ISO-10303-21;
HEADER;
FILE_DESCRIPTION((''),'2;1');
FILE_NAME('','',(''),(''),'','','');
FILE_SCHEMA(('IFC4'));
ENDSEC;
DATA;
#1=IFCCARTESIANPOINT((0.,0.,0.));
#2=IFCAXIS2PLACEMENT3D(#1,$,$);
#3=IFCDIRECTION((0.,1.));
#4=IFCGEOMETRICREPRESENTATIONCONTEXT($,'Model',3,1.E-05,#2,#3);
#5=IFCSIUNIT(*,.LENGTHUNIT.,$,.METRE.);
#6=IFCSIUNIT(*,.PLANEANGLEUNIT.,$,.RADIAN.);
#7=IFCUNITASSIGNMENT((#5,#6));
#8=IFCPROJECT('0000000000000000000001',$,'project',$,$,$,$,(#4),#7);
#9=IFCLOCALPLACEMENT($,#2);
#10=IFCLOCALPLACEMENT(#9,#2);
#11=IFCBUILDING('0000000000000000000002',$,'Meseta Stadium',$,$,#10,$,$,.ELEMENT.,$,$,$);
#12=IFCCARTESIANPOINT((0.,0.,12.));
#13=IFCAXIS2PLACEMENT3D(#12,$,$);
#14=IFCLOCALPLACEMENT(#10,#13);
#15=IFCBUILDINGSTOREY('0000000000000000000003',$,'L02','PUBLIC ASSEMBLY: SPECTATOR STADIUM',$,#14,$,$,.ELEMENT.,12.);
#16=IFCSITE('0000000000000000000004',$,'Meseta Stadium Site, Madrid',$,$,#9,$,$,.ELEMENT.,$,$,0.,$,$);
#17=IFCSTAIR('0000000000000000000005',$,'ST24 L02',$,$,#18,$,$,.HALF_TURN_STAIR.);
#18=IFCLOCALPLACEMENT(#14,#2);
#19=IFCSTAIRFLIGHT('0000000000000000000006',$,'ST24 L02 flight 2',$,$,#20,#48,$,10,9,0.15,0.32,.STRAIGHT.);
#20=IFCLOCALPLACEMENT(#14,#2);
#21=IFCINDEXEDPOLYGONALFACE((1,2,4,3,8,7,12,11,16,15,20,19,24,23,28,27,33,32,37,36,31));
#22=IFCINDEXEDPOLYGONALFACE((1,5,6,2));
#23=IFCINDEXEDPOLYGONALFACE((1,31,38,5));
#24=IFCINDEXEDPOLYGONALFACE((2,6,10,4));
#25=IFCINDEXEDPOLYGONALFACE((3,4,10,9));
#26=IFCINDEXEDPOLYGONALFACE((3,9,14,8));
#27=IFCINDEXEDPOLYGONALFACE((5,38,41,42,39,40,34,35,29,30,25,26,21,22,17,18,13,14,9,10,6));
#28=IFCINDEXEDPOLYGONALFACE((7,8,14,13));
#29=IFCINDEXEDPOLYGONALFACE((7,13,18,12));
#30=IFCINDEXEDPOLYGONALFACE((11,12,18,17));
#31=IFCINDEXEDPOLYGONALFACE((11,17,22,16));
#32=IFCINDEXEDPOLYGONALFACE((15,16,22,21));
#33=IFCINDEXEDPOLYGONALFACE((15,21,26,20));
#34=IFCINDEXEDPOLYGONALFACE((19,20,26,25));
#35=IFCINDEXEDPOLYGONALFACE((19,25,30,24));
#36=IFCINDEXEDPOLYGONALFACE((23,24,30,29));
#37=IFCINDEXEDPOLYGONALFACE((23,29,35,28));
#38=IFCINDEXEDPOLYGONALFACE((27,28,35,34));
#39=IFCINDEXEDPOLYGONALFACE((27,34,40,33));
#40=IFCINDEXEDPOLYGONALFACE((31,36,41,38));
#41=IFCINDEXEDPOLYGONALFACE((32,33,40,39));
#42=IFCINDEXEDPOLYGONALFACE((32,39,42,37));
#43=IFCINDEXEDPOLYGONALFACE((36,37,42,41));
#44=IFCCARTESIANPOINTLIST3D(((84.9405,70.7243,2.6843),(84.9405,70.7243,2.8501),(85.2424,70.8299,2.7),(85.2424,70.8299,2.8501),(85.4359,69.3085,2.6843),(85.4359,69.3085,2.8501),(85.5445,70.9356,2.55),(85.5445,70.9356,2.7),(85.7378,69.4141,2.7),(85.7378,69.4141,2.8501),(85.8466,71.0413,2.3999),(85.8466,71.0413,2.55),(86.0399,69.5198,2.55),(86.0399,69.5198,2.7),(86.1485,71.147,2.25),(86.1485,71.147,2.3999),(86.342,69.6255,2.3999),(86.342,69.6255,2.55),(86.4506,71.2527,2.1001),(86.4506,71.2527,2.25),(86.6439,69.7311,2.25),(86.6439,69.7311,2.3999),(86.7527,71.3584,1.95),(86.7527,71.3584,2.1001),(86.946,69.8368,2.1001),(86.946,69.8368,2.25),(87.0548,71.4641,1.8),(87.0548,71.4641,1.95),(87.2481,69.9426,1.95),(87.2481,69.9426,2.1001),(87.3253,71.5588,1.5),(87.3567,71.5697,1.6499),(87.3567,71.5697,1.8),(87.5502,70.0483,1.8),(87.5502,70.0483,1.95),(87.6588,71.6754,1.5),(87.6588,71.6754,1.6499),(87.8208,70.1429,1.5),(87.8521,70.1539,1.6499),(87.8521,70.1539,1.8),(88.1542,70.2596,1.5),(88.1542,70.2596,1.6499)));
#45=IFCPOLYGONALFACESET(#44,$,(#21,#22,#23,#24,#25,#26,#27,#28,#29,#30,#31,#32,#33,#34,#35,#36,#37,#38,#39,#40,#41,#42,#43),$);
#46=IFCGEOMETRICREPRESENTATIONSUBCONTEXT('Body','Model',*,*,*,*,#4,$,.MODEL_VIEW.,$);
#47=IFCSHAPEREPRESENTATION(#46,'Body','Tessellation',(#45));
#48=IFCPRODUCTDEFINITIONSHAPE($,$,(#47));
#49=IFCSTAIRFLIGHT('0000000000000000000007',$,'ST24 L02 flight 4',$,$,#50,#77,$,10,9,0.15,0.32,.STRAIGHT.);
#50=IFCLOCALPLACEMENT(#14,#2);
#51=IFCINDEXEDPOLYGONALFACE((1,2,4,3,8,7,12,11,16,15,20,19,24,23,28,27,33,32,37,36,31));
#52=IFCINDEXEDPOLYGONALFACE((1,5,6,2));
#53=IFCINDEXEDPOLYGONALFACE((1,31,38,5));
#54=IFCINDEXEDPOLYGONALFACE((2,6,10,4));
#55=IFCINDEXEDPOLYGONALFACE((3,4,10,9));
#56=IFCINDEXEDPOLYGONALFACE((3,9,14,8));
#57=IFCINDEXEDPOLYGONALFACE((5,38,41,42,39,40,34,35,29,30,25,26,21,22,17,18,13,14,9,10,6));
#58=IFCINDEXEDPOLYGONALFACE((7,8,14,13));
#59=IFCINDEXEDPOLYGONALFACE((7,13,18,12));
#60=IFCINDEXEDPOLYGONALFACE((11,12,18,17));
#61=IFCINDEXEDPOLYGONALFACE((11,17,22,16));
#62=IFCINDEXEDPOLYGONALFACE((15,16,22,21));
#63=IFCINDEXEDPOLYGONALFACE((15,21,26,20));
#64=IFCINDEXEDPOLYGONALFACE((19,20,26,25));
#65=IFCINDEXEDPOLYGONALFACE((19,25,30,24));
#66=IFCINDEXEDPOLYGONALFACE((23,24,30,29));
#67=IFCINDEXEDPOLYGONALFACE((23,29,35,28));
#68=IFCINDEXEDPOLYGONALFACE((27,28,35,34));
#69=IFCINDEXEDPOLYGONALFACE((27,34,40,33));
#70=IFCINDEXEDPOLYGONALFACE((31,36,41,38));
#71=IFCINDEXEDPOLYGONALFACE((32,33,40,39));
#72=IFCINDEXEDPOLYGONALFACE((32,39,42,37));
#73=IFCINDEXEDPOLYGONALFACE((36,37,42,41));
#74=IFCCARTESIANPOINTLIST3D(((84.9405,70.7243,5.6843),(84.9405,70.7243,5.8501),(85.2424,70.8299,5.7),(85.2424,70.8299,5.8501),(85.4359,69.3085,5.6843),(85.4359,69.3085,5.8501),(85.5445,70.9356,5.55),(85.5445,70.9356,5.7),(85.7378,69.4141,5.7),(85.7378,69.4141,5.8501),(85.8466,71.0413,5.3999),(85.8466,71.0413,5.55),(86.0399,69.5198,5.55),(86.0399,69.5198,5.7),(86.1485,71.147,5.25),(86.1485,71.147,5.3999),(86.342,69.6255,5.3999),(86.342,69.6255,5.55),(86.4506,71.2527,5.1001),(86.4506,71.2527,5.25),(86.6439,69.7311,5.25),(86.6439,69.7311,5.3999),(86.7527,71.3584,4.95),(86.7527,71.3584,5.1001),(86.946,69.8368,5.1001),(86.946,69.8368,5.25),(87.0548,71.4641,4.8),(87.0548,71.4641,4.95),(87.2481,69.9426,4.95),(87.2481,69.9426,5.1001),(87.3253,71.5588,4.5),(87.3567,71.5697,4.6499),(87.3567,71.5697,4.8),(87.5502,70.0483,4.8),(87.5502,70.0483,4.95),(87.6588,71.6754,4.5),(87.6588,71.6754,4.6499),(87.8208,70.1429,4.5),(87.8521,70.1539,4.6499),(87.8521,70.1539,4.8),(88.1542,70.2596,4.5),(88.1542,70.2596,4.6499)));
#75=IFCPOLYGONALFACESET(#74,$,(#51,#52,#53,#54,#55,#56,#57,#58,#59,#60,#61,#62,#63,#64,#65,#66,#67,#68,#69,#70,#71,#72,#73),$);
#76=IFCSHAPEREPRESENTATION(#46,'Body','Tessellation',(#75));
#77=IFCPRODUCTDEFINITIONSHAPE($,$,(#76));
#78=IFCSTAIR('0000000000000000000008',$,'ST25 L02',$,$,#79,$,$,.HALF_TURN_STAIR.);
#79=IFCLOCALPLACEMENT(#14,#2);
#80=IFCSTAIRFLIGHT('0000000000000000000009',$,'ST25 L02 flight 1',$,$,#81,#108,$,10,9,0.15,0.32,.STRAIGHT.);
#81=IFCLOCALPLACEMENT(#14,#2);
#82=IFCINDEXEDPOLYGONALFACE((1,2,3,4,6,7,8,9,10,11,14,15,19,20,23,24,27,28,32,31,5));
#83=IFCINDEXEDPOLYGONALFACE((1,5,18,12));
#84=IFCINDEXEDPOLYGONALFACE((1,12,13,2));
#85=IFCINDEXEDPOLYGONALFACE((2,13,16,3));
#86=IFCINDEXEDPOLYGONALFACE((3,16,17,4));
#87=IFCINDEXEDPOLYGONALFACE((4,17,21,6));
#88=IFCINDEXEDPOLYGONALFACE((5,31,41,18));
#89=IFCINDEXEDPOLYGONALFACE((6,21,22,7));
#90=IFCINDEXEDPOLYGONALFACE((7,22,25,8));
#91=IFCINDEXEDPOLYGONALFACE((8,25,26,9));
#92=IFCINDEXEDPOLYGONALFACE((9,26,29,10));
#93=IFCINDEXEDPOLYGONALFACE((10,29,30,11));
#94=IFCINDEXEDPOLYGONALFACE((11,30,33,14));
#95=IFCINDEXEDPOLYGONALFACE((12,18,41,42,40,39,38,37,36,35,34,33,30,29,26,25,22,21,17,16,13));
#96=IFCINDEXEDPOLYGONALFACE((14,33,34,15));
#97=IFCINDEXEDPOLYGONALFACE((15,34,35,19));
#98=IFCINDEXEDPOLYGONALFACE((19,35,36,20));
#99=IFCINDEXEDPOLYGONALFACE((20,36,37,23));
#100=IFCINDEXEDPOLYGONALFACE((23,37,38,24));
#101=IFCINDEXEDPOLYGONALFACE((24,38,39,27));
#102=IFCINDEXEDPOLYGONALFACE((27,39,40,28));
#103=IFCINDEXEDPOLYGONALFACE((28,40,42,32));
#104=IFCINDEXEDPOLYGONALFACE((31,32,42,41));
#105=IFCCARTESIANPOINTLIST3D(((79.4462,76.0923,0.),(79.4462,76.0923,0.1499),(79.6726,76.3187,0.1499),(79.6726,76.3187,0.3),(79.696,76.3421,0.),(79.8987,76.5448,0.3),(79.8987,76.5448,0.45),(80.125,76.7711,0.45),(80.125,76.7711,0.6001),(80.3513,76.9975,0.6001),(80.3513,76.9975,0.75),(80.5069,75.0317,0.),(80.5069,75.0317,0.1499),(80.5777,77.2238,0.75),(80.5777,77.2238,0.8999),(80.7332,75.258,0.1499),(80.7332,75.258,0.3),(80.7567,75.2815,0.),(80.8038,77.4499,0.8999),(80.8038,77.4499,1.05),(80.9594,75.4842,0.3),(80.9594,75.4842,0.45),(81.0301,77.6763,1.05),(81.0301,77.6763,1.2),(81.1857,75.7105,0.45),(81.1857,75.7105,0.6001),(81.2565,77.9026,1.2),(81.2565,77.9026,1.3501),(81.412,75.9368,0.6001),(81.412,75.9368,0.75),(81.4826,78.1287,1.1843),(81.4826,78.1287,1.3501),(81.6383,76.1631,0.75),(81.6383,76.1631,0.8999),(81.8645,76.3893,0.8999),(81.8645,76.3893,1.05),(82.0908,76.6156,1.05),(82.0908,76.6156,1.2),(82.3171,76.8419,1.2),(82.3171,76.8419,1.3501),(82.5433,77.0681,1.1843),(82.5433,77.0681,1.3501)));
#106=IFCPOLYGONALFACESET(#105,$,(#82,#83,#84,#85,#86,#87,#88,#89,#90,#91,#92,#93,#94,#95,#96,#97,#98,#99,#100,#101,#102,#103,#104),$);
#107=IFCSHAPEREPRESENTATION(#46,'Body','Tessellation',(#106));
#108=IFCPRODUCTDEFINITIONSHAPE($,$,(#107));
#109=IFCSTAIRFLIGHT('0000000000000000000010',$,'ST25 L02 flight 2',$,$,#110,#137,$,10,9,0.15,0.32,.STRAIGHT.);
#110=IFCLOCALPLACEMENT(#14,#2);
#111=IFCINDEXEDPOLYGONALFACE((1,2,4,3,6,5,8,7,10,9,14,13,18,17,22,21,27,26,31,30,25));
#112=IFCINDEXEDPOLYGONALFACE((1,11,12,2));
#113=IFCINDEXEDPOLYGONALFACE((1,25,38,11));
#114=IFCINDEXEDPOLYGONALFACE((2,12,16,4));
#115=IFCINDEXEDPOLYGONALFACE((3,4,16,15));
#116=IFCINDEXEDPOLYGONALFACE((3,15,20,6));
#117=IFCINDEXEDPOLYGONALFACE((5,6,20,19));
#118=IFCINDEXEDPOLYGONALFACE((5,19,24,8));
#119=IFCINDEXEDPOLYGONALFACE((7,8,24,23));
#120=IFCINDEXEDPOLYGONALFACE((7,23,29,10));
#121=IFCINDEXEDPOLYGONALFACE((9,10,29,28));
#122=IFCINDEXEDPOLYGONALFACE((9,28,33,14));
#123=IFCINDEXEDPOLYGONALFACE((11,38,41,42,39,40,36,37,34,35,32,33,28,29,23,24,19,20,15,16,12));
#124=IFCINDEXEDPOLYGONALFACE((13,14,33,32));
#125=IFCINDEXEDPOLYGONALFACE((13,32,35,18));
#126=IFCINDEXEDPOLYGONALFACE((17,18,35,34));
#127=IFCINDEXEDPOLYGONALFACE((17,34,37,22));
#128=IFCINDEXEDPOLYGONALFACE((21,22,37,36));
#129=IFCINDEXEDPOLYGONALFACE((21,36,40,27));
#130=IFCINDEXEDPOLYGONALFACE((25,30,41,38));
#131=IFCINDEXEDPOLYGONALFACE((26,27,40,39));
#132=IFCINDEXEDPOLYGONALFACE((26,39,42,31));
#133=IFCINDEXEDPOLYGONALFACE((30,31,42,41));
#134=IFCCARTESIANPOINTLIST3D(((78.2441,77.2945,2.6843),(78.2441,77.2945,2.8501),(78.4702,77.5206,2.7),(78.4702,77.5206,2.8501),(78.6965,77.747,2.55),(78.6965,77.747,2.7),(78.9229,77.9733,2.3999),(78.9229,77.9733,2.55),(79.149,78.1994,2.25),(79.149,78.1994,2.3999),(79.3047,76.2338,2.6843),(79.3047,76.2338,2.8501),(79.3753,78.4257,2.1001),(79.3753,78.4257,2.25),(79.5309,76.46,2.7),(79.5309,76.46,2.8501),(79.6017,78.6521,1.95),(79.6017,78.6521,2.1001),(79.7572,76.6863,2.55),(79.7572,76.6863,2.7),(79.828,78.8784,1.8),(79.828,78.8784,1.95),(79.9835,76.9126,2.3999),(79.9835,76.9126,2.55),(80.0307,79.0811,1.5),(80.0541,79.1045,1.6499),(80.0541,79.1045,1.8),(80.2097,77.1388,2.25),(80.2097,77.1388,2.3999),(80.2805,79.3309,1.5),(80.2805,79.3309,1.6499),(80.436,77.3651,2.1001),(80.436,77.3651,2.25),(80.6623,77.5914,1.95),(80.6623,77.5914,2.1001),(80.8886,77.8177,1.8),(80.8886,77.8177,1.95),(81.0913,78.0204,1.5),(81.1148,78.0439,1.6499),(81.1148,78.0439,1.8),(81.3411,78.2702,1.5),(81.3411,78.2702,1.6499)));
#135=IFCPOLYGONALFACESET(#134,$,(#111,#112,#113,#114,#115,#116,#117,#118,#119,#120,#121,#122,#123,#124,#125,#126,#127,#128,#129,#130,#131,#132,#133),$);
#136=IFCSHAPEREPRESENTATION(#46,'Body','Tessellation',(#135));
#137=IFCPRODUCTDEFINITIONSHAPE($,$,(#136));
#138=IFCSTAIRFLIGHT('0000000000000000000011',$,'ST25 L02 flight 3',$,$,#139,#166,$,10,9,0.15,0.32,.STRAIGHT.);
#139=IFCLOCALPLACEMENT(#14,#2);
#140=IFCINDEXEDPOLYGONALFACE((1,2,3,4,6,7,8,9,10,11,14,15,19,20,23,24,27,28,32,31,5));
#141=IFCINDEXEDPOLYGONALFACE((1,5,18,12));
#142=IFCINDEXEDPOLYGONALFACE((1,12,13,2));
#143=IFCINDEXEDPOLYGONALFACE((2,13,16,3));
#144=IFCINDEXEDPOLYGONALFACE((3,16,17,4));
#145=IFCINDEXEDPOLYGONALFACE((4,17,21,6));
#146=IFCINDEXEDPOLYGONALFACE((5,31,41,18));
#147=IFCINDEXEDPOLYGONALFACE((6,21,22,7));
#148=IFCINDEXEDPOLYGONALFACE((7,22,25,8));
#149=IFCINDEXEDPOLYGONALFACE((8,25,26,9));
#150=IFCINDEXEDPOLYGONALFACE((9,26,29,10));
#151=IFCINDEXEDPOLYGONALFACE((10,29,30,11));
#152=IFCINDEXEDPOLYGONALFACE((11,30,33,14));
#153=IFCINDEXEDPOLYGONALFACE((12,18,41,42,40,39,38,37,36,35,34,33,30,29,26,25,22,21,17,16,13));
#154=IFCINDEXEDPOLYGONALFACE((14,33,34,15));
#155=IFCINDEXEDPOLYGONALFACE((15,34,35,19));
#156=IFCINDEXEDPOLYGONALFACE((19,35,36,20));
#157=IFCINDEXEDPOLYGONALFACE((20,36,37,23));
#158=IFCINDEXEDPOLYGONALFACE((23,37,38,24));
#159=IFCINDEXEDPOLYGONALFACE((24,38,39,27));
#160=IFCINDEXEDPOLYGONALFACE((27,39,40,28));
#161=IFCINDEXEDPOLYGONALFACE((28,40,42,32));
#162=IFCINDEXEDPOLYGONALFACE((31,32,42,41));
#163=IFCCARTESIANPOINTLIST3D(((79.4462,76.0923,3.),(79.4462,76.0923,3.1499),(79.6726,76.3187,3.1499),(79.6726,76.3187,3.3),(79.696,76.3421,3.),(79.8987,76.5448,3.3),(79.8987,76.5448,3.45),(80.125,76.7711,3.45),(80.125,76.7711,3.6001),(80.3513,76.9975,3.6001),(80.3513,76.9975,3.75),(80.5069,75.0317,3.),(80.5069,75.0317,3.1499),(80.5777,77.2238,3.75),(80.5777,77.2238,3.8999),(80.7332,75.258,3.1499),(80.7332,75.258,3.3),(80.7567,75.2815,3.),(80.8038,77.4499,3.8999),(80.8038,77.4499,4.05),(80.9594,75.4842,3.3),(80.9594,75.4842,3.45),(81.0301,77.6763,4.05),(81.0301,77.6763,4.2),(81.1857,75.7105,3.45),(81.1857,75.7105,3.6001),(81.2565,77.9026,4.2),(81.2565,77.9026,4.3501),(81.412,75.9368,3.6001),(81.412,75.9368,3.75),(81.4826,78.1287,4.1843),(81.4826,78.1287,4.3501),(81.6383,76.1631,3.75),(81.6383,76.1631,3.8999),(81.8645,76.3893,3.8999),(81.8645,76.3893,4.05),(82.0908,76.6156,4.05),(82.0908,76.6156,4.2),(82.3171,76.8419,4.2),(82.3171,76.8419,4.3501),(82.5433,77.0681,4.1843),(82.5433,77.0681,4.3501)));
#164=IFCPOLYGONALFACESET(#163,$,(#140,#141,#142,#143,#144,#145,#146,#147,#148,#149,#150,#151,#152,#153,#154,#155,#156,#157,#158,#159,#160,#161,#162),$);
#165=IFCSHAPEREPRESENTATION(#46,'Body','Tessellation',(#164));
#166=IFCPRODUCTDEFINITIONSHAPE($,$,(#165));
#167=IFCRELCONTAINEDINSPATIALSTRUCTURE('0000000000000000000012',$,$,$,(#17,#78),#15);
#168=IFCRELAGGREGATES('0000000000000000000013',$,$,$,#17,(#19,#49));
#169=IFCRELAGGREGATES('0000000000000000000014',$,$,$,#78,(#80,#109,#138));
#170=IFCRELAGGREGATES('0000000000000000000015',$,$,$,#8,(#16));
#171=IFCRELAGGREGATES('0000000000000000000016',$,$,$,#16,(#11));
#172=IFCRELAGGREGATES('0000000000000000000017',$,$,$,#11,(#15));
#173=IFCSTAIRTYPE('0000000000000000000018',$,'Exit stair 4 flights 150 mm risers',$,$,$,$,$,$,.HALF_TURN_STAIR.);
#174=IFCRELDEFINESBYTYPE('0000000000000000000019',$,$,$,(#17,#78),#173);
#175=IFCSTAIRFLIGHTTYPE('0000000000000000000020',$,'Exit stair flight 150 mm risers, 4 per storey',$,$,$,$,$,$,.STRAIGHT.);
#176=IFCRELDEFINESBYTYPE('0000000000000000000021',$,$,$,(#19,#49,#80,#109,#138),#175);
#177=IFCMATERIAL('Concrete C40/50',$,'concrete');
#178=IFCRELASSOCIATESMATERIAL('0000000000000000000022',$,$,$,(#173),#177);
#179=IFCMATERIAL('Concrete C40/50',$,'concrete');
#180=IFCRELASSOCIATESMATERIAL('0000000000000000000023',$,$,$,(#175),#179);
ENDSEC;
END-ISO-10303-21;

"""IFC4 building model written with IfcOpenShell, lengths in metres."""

from ifc_helpers import new_model, si_unit, direction, frame, origin, place, context, subcontext, project, spatial, polyline, outline, extrude, material, type_object, element, aggregate, save


model = new_model("IFC4")

# Units and contexts
model_context = context("Model", 3, precision=1e-05, world=origin(), true_north=direction((0.0, 1.0)))
body_context = subcontext(model_context, "Body", "Model", "MODEL_VIEW")
ifc_project = project(units=[si_unit("LENGTHUNIT", "METRE"), si_unit("PLANEANGLEUNIT", "RADIAN")], contexts=[model_context])

# Site, building, storey
site_placement = place(None, origin())
site = spatial("IfcSite", under=ifc_project, at=site_placement, Name="Meseta Stadium Site, Madrid", CompositionType="ELEMENT", RefElevation=0.0)
building_placement = place(site_placement, origin())
building = spatial("IfcBuilding", under=site, at=building_placement, Name="Meseta Stadium", CompositionType="ELEMENT")
storey_placement = place(building_placement, frame((0.0, 0.0, 12.0)))
storey = spatial("IfcBuildingStorey", under=building, at=storey_placement, Name="L02", Description="PUBLIC ASSEMBLY: SPECTATOR STADIUM", CompositionType="ELEMENT", Elevation=12.0)

# Stairs, stair flights
ifc_material_1 = material(Name="Concrete C40/50", Category="concrete")
stair_type = type_object("IfcStairType", Name="Exit stair 4 flights 150 mm risers", PredefinedType="HALF_TURN_STAIR", material=ifc_material_1)
stair_1_placement = place(storey_placement, origin())
stair_1 = element("IfcStair", 1, at=stair_1_placement, inside=storey, type_object=stair_type, Name="ST24 L02", PredefinedType="HALF_TURN_STAIR")
ifc_material_2 = material(Name="Concrete C40/50", Category="concrete")
stair_flight_type = type_object("IfcStairFlightType", Name="Exit stair flight 150 mm risers, 4 per storey", PredefinedType="STRAIGHT", material=ifc_material_2)
stair_flight_1_placement = place(storey_placement, frame((87.9065, 70.9675, 1.5), z_axis=(0.0, 0.0, 1.0), x_axis=(-0.943883, -0.330279, 0.0)))
stair_flight_1 = element("IfcStairFlight", 2, at=stair_flight_1_placement, type_object=stair_flight_type, Name="ST24 L02 flight 2", NumberOfRisers=10, NumberOfTreads=9, PredefinedType="STRAIGHT", RiserHeight=0.15, TreadLength=0.32, context=body_context, shape_type="SweptSolid", body=[
    extrude(outline(polyline([(0.0, 0.0), (0.0, 0.1499), (0.3201, 0.1499), (0.3201, 0.3), (0.6399, 0.3), (0.6399, 0.45), (0.96, 0.45), (0.96, 0.6001), (1.28, 0.6001), (1.28, 0.75), (1.6001, 0.75), (1.6001, 0.8999), (1.9199, 0.8999), (1.9199, 1.05), (2.24, 1.05), (2.24, 1.2), (2.5601, 1.2), (2.5601, 1.3501), (2.8799, 1.3501), (2.8799, 1.1843), (0.3533, 0.0), (0.0, 0.0)])), frame((0.0, 0.75, 0.0), z_axis=(0.0, -1.0, 0.0), x_axis=(1.0, 0.0, 0.0)), (0.0, 0.0, 1.0), 1.5),
])
stair_flight_2_placement = place(storey_placement, frame((87.9065, 70.9675, 4.5), z_axis=(0.0, 0.0, 1.0), x_axis=(-0.943883, -0.330279, 0.0)))
stair_flight_2 = element("IfcStairFlight", 3, at=stair_flight_2_placement, type_object=stair_flight_type, Name="ST24 L02 flight 4", NumberOfRisers=10, NumberOfTreads=9, PredefinedType="STRAIGHT", RiserHeight=0.15, TreadLength=0.32, context=body_context, shape_type="SweptSolid", body=[
    extrude(outline(polyline([(0.0, 0.0), (0.0, 0.1499), (0.3201, 0.1499), (0.3201, 0.3), (0.6399, 0.3), (0.6399, 0.45), (0.96, 0.45), (0.96, 0.6001), (1.28, 0.6001), (1.28, 0.75), (1.6001, 0.75), (1.6001, 0.8999), (1.9199, 0.8999), (1.9199, 1.05), (2.24, 1.05), (2.24, 1.2), (2.5601, 1.2), (2.5601, 1.3501), (2.8799, 1.3501), (2.8799, 1.1843), (0.3533, 0.0), (0.0, 0.0)])), frame((0.0, 0.75, 0.0), z_axis=(0.0, -1.0, 0.0), x_axis=(1.0, 0.0, 0.0)), (0.0, 0.0, 1.0), 1.5),
])
aggregate(stair_1, [stair_flight_1, stair_flight_2])
stair_2_placement = place(storey_placement, origin())
stair_2 = element("IfcStair", 4, at=stair_2_placement, inside=storey, type_object=stair_type, Name="ST25 L02", PredefinedType="HALF_TURN_STAIR")
stair_flight_3_placement = place(storey_placement, frame((79.9766, 75.562, 0.0), z_axis=(0.0, 0.0, 1.0), x_axis=(0.707107, 0.707107, 0.0)))
stair_flight_3 = element("IfcStairFlight", 5, at=stair_flight_3_placement, type_object=stair_flight_type, Name="ST25 L02 flight 1", NumberOfRisers=10, NumberOfTreads=9, PredefinedType="STRAIGHT", RiserHeight=0.15, TreadLength=0.32, context=body_context, shape_type="SweptSolid", body=[
    extrude(outline(polyline([(0.0, 0.0), (0.0, 0.1499), (0.3201, 0.1499), (0.3201, 0.3), (0.6399, 0.3), (0.6399, 0.45), (0.96, 0.45), (0.96, 0.6001), (1.28, 0.6001), (1.28, 0.75), (1.6001, 0.75), (1.6001, 0.8999), (1.9199, 0.8999), (1.9199, 1.05), (2.24, 1.05), (2.24, 1.2), (2.5601, 1.2), (2.5601, 1.3501), (2.8799, 1.3501), (2.8799, 1.1843), (0.3533, 0.0), (0.0, 0.0)])), frame((0.0, 0.75, 0.0), z_axis=(0.0, -1.0, 0.0), x_axis=(1.0, 0.0, 0.0)), (0.0, 0.0, 1.0), 1.5),
])
stair_flight_4_placement = place(storey_placement, frame((80.8108, 78.8005, 1.5), z_axis=(0.0, 0.0, 1.0), x_axis=(-0.707107, -0.707107, 0.0)))
stair_flight_4 = element("IfcStairFlight", 6, at=stair_flight_4_placement, type_object=stair_flight_type, Name="ST25 L02 flight 2", NumberOfRisers=10, NumberOfTreads=9, PredefinedType="STRAIGHT", RiserHeight=0.15, TreadLength=0.32, context=body_context, shape_type="SweptSolid", body=[
    extrude(outline(polyline([(0.0, 0.0), (0.0, 0.1499), (0.3201, 0.1499), (0.3201, 0.3), (0.6399, 0.3), (0.6399, 0.45), (0.96, 0.45), (0.96, 0.6001), (1.28, 0.6001), (1.28, 0.75), (1.6001, 0.75), (1.6001, 0.8999), (1.9199, 0.8999), (1.9199, 1.05), (2.24, 1.05), (2.24, 1.2), (2.5601, 1.2), (2.5601, 1.3501), (2.8799, 1.3501), (2.8799, 1.1843), (0.3533, 0.0), (0.0, 0.0)])), frame((0.0, 0.75, 0.0), z_axis=(0.0, -1.0, 0.0), x_axis=(1.0, 0.0, 0.0)), (0.0, 0.0, 1.0), 1.5),
])
stair_flight_5_placement = place(storey_placement, frame((79.9766, 75.562, 3.0), z_axis=(0.0, 0.0, 1.0), x_axis=(0.707107, 0.707107, 0.0)))
stair_flight_5 = element("IfcStairFlight", 7, at=stair_flight_5_placement, type_object=stair_flight_type, Name="ST25 L02 flight 3", NumberOfRisers=10, NumberOfTreads=9, PredefinedType="STRAIGHT", RiserHeight=0.15, TreadLength=0.32, context=body_context, shape_type="SweptSolid", body=[
    extrude(outline(polyline([(0.0, 0.0), (0.0, 0.1499), (0.3201, 0.1499), (0.3201, 0.3), (0.6399, 0.3), (0.6399, 0.45), (0.96, 0.45), (0.96, 0.6001), (1.28, 0.6001), (1.28, 0.75), (1.6001, 0.75), (1.6001, 0.8999), (1.9199, 0.8999), (1.9199, 1.05), (2.24, 1.05), (2.24, 1.2), (2.5601, 1.2), (2.5601, 1.3501), (2.8799, 1.3501), (2.8799, 1.1843), (0.3533, 0.0), (0.0, 0.0)])), frame((0.0, 0.75, 0.0), z_axis=(0.0, -1.0, 0.0), x_axis=(1.0, 0.0, 0.0)), (0.0, 0.0, 1.0), 1.5),
])
aggregate(stair_2, [stair_flight_3, stair_flight_4, stair_flight_5])

save(model, "model.ifc")
